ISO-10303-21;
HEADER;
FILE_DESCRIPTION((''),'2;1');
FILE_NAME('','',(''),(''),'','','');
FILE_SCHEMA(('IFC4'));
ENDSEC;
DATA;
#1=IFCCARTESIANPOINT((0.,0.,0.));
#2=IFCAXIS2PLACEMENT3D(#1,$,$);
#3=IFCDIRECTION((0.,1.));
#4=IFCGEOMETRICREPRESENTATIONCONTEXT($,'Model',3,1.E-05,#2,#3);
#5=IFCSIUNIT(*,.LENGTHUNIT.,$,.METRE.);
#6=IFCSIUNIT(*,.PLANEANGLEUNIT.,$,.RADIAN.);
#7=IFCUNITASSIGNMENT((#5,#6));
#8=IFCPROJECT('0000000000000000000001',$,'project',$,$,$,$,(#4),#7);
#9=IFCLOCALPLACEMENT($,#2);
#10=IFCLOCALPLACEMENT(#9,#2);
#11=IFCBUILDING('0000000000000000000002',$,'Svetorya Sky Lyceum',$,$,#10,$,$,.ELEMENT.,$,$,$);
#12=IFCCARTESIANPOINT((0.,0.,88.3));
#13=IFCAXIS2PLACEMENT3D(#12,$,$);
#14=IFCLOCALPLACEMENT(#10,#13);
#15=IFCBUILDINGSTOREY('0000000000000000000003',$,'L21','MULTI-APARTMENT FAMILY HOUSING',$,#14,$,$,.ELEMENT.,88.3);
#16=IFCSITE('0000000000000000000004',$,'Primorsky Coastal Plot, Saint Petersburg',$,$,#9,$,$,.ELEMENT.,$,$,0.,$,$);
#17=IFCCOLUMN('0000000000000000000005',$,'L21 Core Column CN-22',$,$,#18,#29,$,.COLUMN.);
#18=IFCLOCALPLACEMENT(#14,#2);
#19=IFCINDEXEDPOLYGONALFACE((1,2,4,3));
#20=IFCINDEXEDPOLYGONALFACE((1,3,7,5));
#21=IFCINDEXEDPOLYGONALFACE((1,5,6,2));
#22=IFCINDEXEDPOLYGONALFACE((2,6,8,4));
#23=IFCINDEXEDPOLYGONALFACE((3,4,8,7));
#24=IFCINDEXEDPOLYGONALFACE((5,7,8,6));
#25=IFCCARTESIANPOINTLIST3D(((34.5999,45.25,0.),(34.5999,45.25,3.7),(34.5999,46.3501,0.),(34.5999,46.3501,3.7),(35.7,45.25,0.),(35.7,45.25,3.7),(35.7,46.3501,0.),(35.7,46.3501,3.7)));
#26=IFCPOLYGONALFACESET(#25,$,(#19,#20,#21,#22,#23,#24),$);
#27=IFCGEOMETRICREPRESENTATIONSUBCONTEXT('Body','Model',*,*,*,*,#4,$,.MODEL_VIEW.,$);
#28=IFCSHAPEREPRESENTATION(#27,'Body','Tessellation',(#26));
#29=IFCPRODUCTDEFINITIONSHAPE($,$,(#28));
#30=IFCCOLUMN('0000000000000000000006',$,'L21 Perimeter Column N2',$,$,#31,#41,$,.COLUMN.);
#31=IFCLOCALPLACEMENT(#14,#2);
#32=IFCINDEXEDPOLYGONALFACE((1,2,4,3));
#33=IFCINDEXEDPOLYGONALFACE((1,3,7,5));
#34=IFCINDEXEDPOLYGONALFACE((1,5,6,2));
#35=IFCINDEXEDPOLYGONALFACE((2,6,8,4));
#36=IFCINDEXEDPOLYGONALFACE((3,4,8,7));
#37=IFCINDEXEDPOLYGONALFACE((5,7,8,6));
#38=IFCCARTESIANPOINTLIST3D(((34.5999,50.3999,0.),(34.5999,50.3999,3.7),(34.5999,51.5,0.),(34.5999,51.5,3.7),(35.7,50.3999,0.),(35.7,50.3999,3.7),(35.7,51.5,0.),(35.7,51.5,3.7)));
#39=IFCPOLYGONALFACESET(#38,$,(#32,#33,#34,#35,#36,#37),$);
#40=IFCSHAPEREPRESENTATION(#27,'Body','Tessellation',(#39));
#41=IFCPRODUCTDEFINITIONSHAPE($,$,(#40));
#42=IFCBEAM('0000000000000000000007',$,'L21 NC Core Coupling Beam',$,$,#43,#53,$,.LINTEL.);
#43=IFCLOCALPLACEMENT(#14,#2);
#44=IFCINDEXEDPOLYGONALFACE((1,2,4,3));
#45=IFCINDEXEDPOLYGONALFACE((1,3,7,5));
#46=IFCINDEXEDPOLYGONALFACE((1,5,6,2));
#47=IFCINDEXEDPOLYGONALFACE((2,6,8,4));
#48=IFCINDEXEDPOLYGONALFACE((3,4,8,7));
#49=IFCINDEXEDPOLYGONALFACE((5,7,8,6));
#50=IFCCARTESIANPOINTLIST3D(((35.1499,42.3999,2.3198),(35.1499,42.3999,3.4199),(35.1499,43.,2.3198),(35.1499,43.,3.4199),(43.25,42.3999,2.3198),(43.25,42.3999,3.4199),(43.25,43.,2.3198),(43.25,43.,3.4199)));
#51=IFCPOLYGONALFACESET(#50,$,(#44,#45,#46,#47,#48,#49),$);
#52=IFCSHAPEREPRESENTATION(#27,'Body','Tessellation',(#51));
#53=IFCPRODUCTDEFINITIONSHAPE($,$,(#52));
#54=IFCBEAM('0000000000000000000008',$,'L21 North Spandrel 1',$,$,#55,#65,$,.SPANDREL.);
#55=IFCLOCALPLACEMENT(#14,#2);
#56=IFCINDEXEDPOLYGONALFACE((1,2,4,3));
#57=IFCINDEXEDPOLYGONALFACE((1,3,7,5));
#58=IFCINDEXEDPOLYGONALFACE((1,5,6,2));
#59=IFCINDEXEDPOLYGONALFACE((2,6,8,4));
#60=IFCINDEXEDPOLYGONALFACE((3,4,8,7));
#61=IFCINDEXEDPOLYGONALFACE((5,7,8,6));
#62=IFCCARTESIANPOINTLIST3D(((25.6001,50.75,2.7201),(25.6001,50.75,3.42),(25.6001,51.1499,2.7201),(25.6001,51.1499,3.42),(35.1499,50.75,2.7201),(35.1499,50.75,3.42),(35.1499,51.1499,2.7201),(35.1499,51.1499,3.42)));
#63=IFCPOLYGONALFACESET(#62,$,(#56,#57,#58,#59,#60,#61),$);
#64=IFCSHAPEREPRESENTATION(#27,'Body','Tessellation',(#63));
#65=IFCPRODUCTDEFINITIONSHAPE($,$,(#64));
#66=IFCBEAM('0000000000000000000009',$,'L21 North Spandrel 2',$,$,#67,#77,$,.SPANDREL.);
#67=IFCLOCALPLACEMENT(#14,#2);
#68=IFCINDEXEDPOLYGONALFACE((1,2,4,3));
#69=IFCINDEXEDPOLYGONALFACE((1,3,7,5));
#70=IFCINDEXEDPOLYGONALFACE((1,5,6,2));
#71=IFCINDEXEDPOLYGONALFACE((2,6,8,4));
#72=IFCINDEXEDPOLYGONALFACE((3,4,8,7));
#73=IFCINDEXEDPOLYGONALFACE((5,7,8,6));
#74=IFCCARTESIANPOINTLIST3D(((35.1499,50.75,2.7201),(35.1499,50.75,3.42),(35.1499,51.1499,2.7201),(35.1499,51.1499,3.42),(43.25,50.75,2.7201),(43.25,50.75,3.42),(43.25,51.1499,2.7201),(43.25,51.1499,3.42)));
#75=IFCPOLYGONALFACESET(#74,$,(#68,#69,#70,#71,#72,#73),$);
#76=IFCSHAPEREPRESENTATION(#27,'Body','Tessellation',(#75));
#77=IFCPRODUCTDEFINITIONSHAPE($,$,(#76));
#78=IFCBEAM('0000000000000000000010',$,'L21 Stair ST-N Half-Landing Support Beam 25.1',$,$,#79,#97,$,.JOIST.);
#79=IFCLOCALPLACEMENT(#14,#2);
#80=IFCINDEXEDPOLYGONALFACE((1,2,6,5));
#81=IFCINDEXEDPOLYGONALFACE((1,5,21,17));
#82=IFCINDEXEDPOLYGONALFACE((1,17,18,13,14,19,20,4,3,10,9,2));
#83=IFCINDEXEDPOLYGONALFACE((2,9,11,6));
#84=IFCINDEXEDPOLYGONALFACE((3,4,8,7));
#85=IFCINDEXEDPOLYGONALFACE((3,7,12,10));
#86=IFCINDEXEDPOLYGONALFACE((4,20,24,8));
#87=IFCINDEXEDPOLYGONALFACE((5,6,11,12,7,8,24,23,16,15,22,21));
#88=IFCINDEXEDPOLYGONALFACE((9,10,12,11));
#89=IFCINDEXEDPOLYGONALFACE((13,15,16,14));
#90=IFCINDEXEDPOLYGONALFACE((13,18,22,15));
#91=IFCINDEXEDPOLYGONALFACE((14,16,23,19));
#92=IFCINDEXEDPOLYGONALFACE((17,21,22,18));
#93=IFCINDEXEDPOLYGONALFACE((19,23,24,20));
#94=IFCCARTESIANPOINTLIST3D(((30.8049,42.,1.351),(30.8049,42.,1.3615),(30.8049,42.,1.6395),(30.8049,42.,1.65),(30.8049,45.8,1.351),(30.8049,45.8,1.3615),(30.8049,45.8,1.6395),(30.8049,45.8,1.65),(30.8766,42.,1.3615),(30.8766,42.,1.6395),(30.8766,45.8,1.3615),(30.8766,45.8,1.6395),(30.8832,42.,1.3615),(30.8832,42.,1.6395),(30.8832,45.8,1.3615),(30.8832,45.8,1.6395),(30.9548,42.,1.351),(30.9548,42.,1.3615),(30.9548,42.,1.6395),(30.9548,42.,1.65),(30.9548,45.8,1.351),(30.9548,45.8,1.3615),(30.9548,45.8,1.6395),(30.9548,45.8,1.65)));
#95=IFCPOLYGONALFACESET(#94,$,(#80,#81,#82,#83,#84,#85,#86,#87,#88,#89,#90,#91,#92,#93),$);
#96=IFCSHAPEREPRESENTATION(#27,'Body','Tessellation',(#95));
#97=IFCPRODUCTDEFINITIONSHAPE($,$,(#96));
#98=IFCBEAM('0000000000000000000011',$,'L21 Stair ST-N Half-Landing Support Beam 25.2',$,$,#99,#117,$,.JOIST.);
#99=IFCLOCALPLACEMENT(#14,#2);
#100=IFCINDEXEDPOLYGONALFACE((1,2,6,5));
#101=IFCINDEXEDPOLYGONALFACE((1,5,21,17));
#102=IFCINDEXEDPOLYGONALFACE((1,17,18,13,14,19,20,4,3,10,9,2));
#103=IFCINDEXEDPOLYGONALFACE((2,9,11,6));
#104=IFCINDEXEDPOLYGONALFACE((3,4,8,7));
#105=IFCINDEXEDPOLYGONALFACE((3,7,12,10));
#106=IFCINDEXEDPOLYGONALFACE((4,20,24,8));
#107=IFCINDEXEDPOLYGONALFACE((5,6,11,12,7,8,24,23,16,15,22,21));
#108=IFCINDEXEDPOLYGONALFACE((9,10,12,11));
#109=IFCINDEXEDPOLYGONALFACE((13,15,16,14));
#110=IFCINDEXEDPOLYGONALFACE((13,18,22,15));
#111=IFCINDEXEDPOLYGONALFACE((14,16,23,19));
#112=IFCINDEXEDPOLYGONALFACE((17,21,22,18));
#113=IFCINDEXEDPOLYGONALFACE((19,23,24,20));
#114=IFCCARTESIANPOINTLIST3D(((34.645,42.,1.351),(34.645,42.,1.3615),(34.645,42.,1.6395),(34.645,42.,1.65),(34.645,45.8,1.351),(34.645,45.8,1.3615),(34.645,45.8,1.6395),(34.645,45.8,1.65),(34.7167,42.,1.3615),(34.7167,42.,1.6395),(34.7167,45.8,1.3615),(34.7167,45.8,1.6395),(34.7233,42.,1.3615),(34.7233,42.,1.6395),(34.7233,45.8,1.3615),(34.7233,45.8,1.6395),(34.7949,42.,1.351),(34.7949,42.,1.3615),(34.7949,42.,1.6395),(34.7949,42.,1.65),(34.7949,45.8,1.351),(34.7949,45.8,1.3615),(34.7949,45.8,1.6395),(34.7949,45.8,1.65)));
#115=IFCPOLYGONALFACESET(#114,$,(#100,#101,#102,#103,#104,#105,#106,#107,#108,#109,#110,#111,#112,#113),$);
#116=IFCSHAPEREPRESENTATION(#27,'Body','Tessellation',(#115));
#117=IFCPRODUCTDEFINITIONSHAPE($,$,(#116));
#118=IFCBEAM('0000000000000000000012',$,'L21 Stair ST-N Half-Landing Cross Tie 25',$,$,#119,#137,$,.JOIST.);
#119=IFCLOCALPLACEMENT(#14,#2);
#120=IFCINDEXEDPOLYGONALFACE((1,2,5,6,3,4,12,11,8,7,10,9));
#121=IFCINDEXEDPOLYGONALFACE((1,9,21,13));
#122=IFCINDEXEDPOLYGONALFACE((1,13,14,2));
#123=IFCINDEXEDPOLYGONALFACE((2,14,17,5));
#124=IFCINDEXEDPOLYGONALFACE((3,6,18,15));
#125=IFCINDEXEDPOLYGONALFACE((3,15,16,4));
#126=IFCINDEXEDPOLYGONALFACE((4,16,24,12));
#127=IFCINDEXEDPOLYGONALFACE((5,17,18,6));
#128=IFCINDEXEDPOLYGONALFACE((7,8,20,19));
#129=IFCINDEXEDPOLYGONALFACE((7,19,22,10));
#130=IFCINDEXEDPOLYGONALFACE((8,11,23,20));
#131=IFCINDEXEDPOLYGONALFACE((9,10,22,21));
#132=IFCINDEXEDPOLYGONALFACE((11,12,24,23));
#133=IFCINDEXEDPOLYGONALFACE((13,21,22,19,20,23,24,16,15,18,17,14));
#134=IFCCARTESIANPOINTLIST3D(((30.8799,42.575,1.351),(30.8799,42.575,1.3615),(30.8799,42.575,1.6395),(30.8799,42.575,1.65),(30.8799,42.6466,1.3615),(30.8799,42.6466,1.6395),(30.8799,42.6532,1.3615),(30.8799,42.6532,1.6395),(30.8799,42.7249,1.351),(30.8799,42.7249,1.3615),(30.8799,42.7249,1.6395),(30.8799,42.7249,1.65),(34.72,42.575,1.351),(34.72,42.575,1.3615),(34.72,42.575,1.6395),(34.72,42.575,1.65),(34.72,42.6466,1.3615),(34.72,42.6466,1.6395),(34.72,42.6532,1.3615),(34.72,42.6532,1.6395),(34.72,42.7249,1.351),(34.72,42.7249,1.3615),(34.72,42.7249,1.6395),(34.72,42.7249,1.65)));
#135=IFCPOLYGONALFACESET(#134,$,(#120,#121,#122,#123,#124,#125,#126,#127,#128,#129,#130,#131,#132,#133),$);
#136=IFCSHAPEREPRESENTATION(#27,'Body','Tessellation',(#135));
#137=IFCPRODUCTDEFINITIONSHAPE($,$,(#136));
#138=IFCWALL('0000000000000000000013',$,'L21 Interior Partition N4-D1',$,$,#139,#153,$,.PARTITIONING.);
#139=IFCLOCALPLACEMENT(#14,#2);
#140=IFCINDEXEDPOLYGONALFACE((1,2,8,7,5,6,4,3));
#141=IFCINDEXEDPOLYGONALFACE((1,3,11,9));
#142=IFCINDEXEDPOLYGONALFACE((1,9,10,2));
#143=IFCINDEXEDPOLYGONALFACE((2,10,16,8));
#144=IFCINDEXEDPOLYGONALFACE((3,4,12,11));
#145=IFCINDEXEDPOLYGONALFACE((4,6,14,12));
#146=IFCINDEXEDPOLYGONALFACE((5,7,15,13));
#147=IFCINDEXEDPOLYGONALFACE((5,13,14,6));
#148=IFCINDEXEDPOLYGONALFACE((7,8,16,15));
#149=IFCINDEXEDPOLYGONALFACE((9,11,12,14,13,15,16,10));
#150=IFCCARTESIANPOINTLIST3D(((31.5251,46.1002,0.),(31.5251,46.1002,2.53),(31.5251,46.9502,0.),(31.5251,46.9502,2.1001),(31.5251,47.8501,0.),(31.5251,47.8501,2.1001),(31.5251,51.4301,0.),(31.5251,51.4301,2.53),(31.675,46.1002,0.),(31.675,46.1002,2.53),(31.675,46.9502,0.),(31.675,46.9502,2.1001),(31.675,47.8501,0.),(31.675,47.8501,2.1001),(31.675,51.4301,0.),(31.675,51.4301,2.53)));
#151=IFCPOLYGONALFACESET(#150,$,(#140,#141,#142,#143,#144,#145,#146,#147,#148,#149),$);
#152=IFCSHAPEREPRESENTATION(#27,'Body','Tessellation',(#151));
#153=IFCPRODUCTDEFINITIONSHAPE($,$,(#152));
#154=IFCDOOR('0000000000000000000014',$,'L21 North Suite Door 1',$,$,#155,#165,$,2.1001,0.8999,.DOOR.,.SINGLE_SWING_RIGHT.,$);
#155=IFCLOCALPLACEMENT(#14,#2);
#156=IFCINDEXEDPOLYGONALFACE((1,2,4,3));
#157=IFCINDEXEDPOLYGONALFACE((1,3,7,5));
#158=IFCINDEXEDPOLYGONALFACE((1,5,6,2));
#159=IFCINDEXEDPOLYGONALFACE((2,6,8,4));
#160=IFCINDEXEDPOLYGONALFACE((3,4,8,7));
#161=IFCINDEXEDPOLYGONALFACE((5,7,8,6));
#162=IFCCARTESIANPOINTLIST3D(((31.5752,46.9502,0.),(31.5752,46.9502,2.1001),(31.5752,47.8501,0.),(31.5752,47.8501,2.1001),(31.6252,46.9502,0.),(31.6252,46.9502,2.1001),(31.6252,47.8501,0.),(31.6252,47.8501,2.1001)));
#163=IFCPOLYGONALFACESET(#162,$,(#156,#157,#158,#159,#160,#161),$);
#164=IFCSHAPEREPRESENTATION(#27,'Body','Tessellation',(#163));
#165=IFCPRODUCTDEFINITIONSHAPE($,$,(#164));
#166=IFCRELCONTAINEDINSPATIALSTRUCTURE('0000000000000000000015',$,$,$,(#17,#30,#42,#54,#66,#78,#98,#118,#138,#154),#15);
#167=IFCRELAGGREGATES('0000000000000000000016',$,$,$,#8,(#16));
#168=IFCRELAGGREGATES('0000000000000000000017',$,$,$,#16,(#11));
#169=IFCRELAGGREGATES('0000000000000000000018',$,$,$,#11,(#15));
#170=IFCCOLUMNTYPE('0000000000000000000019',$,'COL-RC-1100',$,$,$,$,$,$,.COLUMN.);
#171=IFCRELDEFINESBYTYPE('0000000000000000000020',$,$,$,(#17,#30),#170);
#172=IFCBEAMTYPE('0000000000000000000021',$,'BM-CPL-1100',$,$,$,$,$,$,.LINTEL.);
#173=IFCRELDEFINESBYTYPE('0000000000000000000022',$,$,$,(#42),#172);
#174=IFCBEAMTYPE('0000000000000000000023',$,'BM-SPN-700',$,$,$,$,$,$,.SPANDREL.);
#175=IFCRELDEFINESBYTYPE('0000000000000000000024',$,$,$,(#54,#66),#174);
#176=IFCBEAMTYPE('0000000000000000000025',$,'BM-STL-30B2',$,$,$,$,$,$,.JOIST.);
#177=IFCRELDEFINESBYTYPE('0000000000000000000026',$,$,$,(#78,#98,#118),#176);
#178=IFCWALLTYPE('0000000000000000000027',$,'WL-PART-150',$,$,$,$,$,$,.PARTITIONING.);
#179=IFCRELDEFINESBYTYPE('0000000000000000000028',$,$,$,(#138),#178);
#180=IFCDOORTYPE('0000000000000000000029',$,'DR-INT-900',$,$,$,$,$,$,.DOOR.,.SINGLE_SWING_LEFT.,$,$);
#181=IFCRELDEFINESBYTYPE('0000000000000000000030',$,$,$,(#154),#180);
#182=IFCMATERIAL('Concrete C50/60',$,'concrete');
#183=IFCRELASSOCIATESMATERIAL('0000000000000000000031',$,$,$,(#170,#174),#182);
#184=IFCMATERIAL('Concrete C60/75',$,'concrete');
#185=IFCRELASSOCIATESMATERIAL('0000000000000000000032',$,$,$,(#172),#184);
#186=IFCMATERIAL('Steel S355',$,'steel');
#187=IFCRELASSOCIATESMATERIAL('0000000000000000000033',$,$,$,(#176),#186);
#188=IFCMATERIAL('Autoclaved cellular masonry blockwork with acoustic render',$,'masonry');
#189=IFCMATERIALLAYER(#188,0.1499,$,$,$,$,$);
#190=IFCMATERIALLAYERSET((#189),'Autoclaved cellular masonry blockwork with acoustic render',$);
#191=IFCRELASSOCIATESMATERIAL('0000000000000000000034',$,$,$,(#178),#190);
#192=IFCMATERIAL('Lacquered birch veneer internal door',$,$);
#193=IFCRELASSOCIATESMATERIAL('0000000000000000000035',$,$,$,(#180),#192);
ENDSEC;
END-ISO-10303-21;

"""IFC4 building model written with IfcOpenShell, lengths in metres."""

from ifc_helpers import new_model, si_unit, direction, frame, frame_2d, origin, origin_2d, place, context, subcontext, project, spatial, rectangle, i_section, extrude, material, layer, layer_set, material_profile, profile_set, type_object, element, fill, save


model = new_model("IFC4")

# Units and contexts
model_context = context("Model", 3, precision=1e-05, world=origin(), true_north=direction((0.0, 1.0)))
body_context = subcontext(model_context, "Body", "Model", "MODEL_VIEW")
ifc_project = project(units=[si_unit("LENGTHUNIT", "METRE"), si_unit("PLANEANGLEUNIT", "RADIAN")], contexts=[model_context])

# Site, building, storey
site_placement = place(None, origin())
site = spatial("IfcSite", under=ifc_project, at=site_placement, Name="Primorsky Coastal Plot, Saint Petersburg", CompositionType="ELEMENT", RefElevation=0.0)
building_placement = place(site_placement, origin())
building = spatial("IfcBuilding", under=site, at=building_placement, Name="Svetorya Sky Lyceum", CompositionType="ELEMENT")
storey_placement = place(building_placement, frame((0.0, 0.0, 88.3)))
storey = spatial("IfcBuildingStorey", under=building, at=storey_placement, Name="L21", Description="MULTI-APARTMENT FAMILY HOUSING", CompositionType="ELEMENT", Elevation=88.3)

# Columns
ifc_material_1 = material(Name="Concrete C50/60", Category="concrete")
ifc_material_profile_1 = material_profile(ifc_material_1, rectangle(XDim=1.1001, YDim=1.1001, at=origin_2d()), Name="RC COL 1100x1100")
ifc_profile_set_1 = profile_set([ifc_material_profile_1], Name="Concrete C50/60")
column_type = type_object("IfcColumnType", Name="COL-RC-1100", PredefinedType="COLUMN", material=ifc_profile_set_1)
for number, where, z_axis, x_axis, name in (
    (1, (35.1499, 45.8, 0.0), (0.0, 0.0, 1.0), (1.0, 0.0, 0.0), "L21 Core Column CN-22"),
    (2, (35.1499, 50.95, 0.0), (0.0, 0.0, 1.0), (1.0, 0.0, 0.0), "L21 Perimeter Column N2"),
):
    element("IfcColumn", number, at=place(storey_placement, frame(where, z_axis=z_axis, x_axis=x_axis)), inside=storey, type_object=column_type, Name=name, PredefinedType="COLUMN", context=body_context, shape_type="SweptSolid", body=[
        extrude(rectangle(XDim=1.1001, YDim=1.1001, at=origin_2d()), origin(), (0.0, 0.0, 1.0), 3.7),
    ])

# Beams
ifc_material_2 = material(Name="Concrete C60/75", Category="concrete")
ifc_material_profile_2 = material_profile(ifc_material_2, rectangle(XDim=0.6001, YDim=1.1001, at=origin_2d()), Name="RC COUPLING 600x1100")
ifc_profile_set_2 = profile_set([ifc_material_profile_2], Name="Concrete C60/75")
beam_type_1 = type_object("IfcBeamType", Name="BM-CPL-1100", PredefinedType="LINTEL", material=ifc_profile_set_2)
beam_1_placement = place(storey_placement, frame((35.1499, 42.7, 2.8699), z_axis=(1.0, 0.0, 0.0), x_axis=(0.0, 1.0, 0.0)))
element("IfcBeam", 3, at=beam_1_placement, inside=storey, type_object=beam_type_1, Name="L21 NC Core Coupling Beam", PredefinedType="LINTEL", context=body_context, shape_type="SweptSolid", body=[
    extrude(rectangle(XDim=0.6001, YDim=1.1001, at=origin_2d()), origin(), (0.0, 0.0, 1.0), 8.1001),
])
ifc_material_profile_3 = material_profile(ifc_material_1, rectangle(XDim=0.3999, YDim=0.7, at=origin_2d()), Name="RC SPANDREL 400x700")
ifc_profile_set_3 = profile_set([ifc_material_profile_3], Name="Concrete C50/60")
beam_type_2 = type_object("IfcBeamType", Name="BM-SPN-700", PredefinedType="SPANDREL", material=ifc_profile_set_3)
beam_2_placement = place(storey_placement, frame((25.6001, 50.95, 3.0701), z_axis=(1.0, 0.0, 0.0), x_axis=(0.0, 1.0, 0.0)))
element("IfcBeam", 4, at=beam_2_placement, inside=storey, type_object=beam_type_2, Name="L21 North Spandrel 1", PredefinedType="SPANDREL", context=body_context, shape_type="SweptSolid", body=[
    extrude(rectangle(XDim=0.3999, YDim=0.7, at=origin_2d()), origin(), (0.0, 0.0, 1.0), 9.5498),
])
beam_3_placement = place(storey_placement, frame((35.1499, 50.95, 3.0701), z_axis=(1.0, 0.0, 0.0), x_axis=(0.0, 1.0, 0.0)))
element("IfcBeam", 5, at=beam_3_placement, inside=storey, type_object=beam_type_2, Name="L21 North Spandrel 2", PredefinedType="SPANDREL", context=body_context, shape_type="SweptSolid", body=[
    extrude(rectangle(XDim=0.3999, YDim=0.7, at=origin_2d()), origin(), (0.0, 0.0, 1.0), 8.1001),
])
ifc_material_3 = material(Name="Steel S355", Category="steel")
ifc_material_profile_4 = material_profile(ifc_material_3, i_section(OverallWidth=0.1499, OverallDepth=0.2991, WebThickness=0.0066, FlangeThickness=0.0105, at=origin_2d()), Name="GOST 30B2")
ifc_profile_set_4 = profile_set([ifc_material_profile_4], Name="Steel S355")
beam_type_3 = type_object("IfcBeamType", Name="BM-STL-30B2", PredefinedType="JOIST", material=ifc_profile_set_4)
for number, where, z_axis, x_axis, name in (
    (6, (30.8799, 42.0, 1.5005), (0.0, 1.0, 0.0), (-1.0, 0.0, 0.0), "L21 Stair ST-N Half-Landing Support Beam 25.1"),
    (7, (34.72, 42.0, 1.5005), (0.0, 1.0, 0.0), (-1.0, 0.0, 0.0), "L21 Stair ST-N Half-Landing Support Beam 25.2"),
):
    element("IfcBeam", number, at=place(storey_placement, frame(where, z_axis=z_axis, x_axis=x_axis)), inside=storey, type_object=beam_type_3, Name=name, PredefinedType="JOIST", context=body_context, shape_type="SweptSolid", body=[
        extrude(i_section(OverallWidth=0.1499, OverallDepth=0.2991, WebThickness=0.0066, FlangeThickness=0.0105, at=origin_2d()), origin(), (0.0, 0.0, 1.0), 3.8),
    ])
beam_4_placement = place(storey_placement, frame((30.8799, 42.6499, 1.5005), z_axis=(1.0, 0.0, 0.0), x_axis=(0.0, 1.0, 0.0)))
element("IfcBeam", 8, at=beam_4_placement, inside=storey, type_object=beam_type_3, Name="L21 Stair ST-N Half-Landing Cross Tie 25", PredefinedType="JOIST", context=body_context, shape_type="SweptSolid", body=[
    extrude(i_section(OverallWidth=0.1499, OverallDepth=0.2991, WebThickness=0.0066, FlangeThickness=0.0105, at=origin_2d()), origin(), (0.0, 0.0, 1.0), 3.8401),
])

# Wall, opening, door
ifc_material_4 = material(Name="Autoclaved cellular masonry blockwork with acoustic render", Category="masonry")
ifc_layer = layer(ifc_material_4, 0.1499)
ifc_layer_set = layer_set([ifc_layer], Name="Autoclaved cellular masonry blockwork with acoustic render")
wall_type = type_object("IfcWallType", Name="WL-PART-150", PredefinedType="PARTITIONING", material=ifc_layer_set)
wall_placement = place(storey_placement, frame((31.6001, 46.1001, 0.0), z_axis=(0.0, 0.0, 1.0), x_axis=(0.0, 1.0, 0.0)))
wall = element("IfcWall", 9, at=wall_placement, inside=storey, type_object=wall_type, Name="L21 Interior Partition N4-D1", PredefinedType="PARTITIONING", context=body_context, shape_type="SweptSolid", body=[
    extrude(rectangle(XDim=5.3298, YDim=0.1499, at=frame_2d((2.665, 0.0))), origin(), (0.0, 0.0, 1.0), 2.53),
])
opening_placement = place(wall_placement, frame((0.8501, 0.0, 0.0)))
opening = element("IfcOpeningElement", 10, at=opening_placement, cuts=wall, PredefinedType="OPENING", context=body_context, shape_type="SweptSolid", body=[
    extrude(rectangle(XDim=0.8999, YDim=2.1001, at=frame_2d((0.45, 1.05))), frame((0.0, 0.085, 0.0), z_axis=(0.0, -1.0, 0.0), x_axis=(1.0, 0.0, 0.0)), (0.0, 0.0, 1.0), 0.1699),
])
ifc_material_5 = material(Name="Lacquered birch veneer internal door")
door_type = type_object("IfcDoorType", Name="DR-INT-900", OperationType="SINGLE_SWING_LEFT", PredefinedType="DOOR", material=ifc_material_5)
door_placement = place(opening_placement, origin())
door = element("IfcDoor", 11, at=door_placement, inside=storey, type_object=door_type, Name="L21 North Suite Door 1", OperationType="SINGLE_SWING_RIGHT", OverallHeight=2.1001, OverallWidth=0.8999, PredefinedType="DOOR", context=body_context, shape_type="SweptSolid", body=[
    extrude(rectangle(XDim=0.8999, YDim=2.1001, at=frame_2d((0.45, 1.05))), frame((0.0, 0.0249, 0.0), z_axis=(0.0, -1.0, 0.0), x_axis=(1.0, 0.0, 0.0)), (0.0, 0.0, 1.0), 0.05),
])
fill(opening, door)

save(model, "model.ifc")
